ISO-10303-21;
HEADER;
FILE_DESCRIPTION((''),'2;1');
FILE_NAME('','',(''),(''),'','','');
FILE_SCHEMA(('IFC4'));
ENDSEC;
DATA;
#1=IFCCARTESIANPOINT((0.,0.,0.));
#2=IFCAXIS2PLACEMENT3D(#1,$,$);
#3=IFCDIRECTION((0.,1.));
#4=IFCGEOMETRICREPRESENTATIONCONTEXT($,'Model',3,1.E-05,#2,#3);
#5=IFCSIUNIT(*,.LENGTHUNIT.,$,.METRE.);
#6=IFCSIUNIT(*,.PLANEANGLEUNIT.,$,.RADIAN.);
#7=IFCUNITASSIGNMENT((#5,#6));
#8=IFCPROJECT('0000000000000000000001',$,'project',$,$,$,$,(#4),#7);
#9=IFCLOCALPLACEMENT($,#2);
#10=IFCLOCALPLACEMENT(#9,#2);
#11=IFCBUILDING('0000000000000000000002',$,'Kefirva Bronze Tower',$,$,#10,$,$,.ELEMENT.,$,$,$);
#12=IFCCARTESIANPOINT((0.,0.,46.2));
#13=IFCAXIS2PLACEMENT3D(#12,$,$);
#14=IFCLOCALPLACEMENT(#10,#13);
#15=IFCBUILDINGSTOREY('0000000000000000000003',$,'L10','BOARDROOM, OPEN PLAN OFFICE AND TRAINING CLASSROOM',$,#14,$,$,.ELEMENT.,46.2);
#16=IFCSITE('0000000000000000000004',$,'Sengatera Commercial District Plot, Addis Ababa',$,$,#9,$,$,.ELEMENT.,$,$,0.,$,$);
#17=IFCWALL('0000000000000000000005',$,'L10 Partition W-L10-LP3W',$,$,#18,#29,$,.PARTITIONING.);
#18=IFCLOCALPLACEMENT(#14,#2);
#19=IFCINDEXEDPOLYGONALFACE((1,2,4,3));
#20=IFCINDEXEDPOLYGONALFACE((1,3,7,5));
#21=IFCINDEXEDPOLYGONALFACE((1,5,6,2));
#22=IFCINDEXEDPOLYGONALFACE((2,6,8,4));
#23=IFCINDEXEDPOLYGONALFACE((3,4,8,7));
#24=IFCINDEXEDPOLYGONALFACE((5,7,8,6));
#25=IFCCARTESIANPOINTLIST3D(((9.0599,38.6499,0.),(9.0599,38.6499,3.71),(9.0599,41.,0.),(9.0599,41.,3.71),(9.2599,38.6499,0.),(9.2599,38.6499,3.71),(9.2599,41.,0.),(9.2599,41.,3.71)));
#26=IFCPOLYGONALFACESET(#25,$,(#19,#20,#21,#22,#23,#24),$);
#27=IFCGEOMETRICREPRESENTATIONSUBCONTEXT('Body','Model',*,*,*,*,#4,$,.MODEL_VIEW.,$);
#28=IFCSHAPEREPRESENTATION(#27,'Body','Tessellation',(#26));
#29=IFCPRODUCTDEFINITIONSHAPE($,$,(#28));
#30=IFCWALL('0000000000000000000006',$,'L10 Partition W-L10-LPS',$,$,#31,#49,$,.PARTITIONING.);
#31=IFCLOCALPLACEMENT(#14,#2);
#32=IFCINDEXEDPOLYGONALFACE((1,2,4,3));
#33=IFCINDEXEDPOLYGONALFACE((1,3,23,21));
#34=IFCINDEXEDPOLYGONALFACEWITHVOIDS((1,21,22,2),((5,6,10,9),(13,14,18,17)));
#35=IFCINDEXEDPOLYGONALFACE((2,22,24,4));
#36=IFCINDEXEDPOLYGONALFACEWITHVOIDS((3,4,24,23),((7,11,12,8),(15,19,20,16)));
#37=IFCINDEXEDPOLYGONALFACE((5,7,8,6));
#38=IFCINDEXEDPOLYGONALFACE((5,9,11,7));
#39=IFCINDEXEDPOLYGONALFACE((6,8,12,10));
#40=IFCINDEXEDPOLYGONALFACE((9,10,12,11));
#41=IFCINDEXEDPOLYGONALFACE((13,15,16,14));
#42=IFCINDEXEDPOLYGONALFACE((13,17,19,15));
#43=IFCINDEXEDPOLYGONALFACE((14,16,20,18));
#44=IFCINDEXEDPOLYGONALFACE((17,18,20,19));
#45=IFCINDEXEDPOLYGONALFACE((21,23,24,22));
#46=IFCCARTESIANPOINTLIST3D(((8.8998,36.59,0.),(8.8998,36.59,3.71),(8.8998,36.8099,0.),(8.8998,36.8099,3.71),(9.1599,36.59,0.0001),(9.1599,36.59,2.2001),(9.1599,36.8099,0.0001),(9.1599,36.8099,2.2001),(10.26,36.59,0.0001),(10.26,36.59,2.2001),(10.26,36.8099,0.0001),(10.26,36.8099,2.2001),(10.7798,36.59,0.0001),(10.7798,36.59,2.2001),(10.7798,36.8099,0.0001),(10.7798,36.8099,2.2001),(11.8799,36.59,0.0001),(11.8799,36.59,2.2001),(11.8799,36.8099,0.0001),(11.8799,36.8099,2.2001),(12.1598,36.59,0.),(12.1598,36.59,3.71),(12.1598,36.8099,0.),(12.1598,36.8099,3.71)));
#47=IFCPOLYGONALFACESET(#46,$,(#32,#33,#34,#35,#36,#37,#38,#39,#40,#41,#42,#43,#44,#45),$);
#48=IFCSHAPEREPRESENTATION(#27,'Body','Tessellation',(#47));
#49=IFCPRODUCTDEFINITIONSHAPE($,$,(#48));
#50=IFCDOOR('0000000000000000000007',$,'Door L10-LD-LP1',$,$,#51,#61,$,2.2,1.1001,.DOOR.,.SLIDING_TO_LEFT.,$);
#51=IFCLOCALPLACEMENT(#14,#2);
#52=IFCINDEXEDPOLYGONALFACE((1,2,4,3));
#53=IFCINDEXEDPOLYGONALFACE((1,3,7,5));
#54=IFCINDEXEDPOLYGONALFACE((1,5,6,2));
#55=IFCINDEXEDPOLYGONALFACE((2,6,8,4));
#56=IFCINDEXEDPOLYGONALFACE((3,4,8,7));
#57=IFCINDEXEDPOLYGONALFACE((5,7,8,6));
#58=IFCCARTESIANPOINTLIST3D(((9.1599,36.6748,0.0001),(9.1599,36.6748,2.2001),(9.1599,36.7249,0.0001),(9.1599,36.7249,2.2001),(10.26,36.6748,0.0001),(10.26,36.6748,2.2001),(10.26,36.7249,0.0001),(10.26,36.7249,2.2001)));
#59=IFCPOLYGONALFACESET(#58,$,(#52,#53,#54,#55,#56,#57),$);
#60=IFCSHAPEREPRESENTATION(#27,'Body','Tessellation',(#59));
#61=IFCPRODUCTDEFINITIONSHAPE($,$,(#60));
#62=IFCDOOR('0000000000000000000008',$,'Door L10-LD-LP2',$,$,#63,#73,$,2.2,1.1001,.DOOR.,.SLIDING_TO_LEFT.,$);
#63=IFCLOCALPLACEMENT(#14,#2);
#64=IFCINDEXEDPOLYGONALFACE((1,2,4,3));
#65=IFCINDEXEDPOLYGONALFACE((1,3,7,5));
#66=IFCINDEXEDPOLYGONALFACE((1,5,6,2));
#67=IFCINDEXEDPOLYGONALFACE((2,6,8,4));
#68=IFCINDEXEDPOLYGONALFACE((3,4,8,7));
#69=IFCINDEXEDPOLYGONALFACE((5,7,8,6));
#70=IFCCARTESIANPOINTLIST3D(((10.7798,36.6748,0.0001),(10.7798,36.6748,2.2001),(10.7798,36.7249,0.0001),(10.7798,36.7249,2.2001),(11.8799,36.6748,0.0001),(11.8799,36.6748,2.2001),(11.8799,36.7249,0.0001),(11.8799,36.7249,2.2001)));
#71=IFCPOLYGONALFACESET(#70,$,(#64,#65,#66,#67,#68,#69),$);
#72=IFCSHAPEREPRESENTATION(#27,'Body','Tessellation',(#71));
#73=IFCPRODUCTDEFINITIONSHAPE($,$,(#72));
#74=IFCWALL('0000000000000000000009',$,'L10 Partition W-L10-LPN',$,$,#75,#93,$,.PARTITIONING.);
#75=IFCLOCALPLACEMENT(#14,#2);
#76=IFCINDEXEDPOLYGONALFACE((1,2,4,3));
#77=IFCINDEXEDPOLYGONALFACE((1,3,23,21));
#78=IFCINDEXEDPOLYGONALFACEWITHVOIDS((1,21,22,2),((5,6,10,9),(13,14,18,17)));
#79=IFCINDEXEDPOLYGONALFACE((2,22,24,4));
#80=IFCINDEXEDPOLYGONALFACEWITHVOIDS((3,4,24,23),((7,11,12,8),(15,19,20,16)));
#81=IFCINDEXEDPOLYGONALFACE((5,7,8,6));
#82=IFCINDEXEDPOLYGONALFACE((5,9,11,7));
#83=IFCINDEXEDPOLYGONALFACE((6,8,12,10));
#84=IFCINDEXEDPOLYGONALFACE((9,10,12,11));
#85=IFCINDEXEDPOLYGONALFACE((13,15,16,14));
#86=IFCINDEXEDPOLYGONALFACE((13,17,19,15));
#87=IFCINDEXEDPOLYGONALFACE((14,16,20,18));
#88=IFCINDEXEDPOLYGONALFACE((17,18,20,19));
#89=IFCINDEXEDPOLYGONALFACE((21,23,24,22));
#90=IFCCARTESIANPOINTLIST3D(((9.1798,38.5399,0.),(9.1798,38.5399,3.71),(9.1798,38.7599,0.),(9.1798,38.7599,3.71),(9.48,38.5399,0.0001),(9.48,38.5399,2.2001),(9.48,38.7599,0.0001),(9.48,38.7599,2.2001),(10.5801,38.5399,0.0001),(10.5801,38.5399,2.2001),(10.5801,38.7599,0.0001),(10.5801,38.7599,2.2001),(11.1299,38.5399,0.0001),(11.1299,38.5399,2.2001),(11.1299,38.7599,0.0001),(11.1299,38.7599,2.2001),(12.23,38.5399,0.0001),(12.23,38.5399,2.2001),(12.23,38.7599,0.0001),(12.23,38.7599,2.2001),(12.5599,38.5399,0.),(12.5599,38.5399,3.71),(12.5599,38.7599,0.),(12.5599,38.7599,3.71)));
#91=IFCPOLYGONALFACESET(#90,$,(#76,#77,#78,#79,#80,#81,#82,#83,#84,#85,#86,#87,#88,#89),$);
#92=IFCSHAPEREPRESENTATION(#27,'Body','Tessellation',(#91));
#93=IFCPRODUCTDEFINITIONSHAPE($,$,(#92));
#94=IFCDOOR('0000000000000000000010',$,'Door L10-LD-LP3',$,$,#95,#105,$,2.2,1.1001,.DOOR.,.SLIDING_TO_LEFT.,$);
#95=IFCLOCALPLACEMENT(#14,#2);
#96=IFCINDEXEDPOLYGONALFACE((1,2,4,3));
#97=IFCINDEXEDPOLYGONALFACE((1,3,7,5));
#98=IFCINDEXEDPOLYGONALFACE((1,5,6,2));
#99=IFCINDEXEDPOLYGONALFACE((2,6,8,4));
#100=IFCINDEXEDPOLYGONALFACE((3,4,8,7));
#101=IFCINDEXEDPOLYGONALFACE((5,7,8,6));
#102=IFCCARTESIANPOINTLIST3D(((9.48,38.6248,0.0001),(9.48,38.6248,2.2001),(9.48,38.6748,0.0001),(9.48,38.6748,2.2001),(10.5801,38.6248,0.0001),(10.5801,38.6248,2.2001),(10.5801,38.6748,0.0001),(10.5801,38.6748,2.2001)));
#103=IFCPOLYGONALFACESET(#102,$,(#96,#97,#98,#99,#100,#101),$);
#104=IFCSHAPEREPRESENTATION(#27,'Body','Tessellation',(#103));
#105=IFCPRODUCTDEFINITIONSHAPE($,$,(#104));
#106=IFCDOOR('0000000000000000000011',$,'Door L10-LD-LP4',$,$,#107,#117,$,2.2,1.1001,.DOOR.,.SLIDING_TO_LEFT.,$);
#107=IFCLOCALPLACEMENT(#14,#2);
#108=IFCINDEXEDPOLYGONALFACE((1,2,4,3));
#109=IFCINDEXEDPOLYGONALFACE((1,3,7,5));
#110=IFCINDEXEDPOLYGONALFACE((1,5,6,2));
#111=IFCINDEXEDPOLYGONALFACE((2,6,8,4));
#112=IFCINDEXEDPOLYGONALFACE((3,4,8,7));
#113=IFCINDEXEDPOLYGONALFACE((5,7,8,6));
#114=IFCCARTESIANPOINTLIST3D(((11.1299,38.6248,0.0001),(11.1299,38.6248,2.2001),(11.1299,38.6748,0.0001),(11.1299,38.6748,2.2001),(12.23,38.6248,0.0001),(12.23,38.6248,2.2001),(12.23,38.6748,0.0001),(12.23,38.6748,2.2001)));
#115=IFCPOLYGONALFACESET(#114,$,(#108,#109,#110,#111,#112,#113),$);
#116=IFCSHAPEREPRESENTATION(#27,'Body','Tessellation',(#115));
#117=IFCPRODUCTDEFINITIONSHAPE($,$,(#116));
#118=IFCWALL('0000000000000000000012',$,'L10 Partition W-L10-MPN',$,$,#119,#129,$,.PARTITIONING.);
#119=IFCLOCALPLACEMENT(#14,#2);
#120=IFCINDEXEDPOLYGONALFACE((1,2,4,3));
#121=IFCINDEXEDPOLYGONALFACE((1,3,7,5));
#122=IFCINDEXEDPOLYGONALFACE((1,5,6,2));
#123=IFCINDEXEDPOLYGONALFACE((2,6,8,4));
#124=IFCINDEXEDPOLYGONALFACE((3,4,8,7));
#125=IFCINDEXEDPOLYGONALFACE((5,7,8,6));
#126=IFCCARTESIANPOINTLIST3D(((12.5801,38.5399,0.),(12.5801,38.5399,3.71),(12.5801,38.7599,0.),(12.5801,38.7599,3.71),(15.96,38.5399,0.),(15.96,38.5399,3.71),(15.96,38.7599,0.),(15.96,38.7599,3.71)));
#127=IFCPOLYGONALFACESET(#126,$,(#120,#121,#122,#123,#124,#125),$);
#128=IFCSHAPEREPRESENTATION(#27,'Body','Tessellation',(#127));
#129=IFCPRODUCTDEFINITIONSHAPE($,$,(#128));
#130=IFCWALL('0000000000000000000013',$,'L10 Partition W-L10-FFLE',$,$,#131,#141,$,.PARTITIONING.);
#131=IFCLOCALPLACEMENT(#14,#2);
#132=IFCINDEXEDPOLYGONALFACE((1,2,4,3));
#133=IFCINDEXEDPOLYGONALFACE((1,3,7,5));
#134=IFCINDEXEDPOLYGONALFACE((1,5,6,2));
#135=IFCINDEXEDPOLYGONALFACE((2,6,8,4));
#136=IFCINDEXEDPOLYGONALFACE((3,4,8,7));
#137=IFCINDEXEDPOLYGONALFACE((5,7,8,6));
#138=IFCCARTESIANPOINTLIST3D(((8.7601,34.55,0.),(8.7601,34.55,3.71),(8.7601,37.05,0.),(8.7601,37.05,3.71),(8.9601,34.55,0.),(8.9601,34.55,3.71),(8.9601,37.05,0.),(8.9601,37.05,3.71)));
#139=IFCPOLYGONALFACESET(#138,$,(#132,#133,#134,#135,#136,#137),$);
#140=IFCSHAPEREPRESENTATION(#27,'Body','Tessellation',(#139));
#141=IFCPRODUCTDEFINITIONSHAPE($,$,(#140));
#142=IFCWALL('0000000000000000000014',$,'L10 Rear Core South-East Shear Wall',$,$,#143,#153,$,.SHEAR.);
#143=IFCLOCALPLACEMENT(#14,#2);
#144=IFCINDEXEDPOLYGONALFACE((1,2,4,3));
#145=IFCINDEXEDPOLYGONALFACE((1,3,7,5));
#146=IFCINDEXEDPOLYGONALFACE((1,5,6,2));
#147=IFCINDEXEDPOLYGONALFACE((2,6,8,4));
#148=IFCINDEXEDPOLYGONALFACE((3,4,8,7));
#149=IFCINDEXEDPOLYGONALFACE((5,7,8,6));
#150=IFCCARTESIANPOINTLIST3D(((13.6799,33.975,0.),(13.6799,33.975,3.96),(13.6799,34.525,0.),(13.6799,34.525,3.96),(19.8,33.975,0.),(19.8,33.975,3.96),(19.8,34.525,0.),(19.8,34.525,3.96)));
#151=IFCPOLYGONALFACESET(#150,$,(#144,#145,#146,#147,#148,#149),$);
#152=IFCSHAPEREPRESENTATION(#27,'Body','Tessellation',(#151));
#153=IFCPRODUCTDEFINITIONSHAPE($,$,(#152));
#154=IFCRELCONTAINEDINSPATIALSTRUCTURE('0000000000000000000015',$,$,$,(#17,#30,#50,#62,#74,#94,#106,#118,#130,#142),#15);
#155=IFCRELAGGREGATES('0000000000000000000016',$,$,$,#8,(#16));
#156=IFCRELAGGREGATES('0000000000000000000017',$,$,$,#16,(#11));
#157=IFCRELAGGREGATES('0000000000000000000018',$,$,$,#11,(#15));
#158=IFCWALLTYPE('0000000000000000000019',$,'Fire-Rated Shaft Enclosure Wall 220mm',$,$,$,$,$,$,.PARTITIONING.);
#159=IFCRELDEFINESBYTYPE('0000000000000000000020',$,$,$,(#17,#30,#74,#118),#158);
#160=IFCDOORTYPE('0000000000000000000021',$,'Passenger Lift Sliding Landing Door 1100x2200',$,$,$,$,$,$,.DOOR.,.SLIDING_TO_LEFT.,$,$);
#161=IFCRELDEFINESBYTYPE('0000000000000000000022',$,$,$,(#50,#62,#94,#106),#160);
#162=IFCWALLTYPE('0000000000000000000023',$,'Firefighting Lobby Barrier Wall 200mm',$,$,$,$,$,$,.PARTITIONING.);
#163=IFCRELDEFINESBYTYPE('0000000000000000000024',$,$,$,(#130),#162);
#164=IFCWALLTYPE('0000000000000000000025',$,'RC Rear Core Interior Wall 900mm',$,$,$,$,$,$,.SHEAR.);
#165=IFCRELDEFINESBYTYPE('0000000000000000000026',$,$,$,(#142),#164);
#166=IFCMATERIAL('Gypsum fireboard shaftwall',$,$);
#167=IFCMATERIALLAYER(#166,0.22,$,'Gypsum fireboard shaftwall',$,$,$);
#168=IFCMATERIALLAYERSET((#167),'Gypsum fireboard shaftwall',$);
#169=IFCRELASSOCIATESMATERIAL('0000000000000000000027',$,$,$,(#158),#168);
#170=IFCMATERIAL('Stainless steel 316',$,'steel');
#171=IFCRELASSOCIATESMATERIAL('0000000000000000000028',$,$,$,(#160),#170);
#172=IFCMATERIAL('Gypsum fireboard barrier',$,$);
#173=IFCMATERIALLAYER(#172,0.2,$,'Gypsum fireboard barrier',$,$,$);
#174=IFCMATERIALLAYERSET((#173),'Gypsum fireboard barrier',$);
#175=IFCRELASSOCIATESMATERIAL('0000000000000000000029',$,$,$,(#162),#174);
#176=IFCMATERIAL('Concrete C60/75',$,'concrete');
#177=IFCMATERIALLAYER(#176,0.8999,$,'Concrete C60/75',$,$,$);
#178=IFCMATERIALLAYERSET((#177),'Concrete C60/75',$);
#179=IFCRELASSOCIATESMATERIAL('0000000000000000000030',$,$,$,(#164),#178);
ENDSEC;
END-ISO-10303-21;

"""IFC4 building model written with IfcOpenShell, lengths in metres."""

from ifc_helpers import new_model, si_unit, direction, frame, frame_2d, origin, place, context, subcontext, project, spatial, rectangle, extrude, material, layer, layer_set, type_object, element, fill, save


model = new_model("IFC4")

# Units and contexts
model_context = context("Model", 3, precision=1e-05, world=origin(), true_north=direction((0.0, 1.0)))
body_context = subcontext(model_context, "Body", "Model", "MODEL_VIEW")
ifc_project = project(units=[si_unit("LENGTHUNIT", "METRE"), si_unit("PLANEANGLEUNIT", "RADIAN")], contexts=[model_context])

# Site, building, storey
site_placement = place(None, origin())
site = spatial("IfcSite", under=ifc_project, at=site_placement, Name="Sengatera Commercial District Plot, Addis Ababa", CompositionType="ELEMENT", RefElevation=0.0)
building_placement = place(site_placement, origin())
building = spatial("IfcBuilding", under=site, at=building_placement, Name="Kefirva Bronze Tower", CompositionType="ELEMENT")
storey_placement = place(building_placement, frame((0.0, 0.0, 46.2)))
storey = spatial("IfcBuildingStorey", under=building, at=storey_placement, Name="L10", Description="BOARDROOM, OPEN PLAN OFFICE AND TRAINING CLASSROOM", CompositionType="ELEMENT", Elevation=46.2)

# Shared definitions
ifc_material_1 = material(Name="Concrete C60/75", Category="concrete")

# Shared definitions
ifc_material_2 = material(Name="Gypsum fireboard shaftwall")
ifc_layer_1 = layer(ifc_material_2, 0.22, Name="Gypsum fireboard shaftwall")
ifc_layer_set_1 = layer_set([ifc_layer_1], Name="Gypsum fireboard shaftwall")
wall_type_1 = type_object("IfcWallType", Name="Fire-Rated Shaft Enclosure Wall 220mm", PredefinedType="PARTITIONING", material=ifc_layer_set_1)
ifc_material_3 = material(Name="Stainless steel 316", Category="steel")

# Wall
wall_1_placement = place(storey_placement, frame((9.1599, 38.6499, 0.0), z_axis=(0.0, 0.0, 1.0), x_axis=(0.0, 1.0, 0.0)))
element("IfcWall", 1, at=wall_1_placement, inside=storey, type_object=wall_type_1, Name="L10 Partition W-L10-LP3W", PredefinedType="PARTITIONING", context=body_context, shape_type="SweptSolid", body=[
    extrude(rectangle(XDim=2.3501, YDim=0.2, at=frame_2d((1.175, 0.0))), origin(), (0.0, 0.0, 1.0), 3.71),
])

# Walls, openings, doors
wall_2_placement = place(storey_placement, frame((8.8999, 36.7, 0.0), z_axis=(0.0, 0.0, 1.0), x_axis=(1.0, 0.0, 0.0)))
wall_2 = element("IfcWall", 2, at=wall_2_placement, inside=storey, type_object=wall_type_1, Name="L10 Partition W-L10-LPS", PredefinedType="PARTITIONING", context=body_context, shape_type="SweptSolid", body=[
    extrude(rectangle(XDim=3.26, YDim=0.22, at=frame_2d((1.6299, 0.0))), origin(), (0.0, 0.0, 1.0), 3.71),
])
opening_1_placement = place(wall_2_placement, frame((0.26, 0.0, 0.0)))
opening_1 = element("IfcOpeningElement", 3, at=opening_1_placement, cuts=wall_2, PredefinedType="OPENING", context=body_context, shape_type="SweptSolid", body=[
    extrude(rectangle(XDim=1.1001, YDim=2.2, at=frame_2d((0.55, 1.1001))), frame((0.0, 0.1201, 0.0), z_axis=(0.0, -1.0, 0.0), x_axis=(1.0, 0.0, 0.0)), (0.0, 0.0, 1.0), 0.24),
])
opening_2_placement = place(wall_2_placement, frame((1.8799, 0.0, 0.0)))
opening_2 = element("IfcOpeningElement", 4, at=opening_2_placement, cuts=wall_2, PredefinedType="OPENING", context=body_context, shape_type="SweptSolid", body=[
    extrude(rectangle(XDim=1.1001, YDim=2.2, at=frame_2d((0.55, 1.1001))), frame((0.0, 0.1201, 0.0), z_axis=(0.0, -1.0, 0.0), x_axis=(1.0, 0.0, 0.0)), (0.0, 0.0, 1.0), 0.24),
])
door_type_1 = type_object("IfcDoorType", Name="Passenger Lift Sliding Landing Door 1100x2200", OperationType="SLIDING_TO_LEFT", PredefinedType="DOOR", material=ifc_material_3)
door_1_placement = place(opening_1_placement, origin())
door_1 = element("IfcDoor", 5, at=door_1_placement, inside=storey, type_object=door_type_1, Name="Door L10-LD-LP1", OperationType="SLIDING_TO_LEFT", OverallHeight=2.2, OverallWidth=1.1001, PredefinedType="DOOR", context=body_context, shape_type="SweptSolid", body=[
    extrude(rectangle(XDim=1.1001, YDim=2.2, at=frame_2d((0.55, 1.1001))), frame((0.0, 0.0249, 0.0), z_axis=(0.0, -1.0, 0.0), x_axis=(1.0, 0.0, 0.0)), (0.0, 0.0, 1.0), 0.05),
])
fill(opening_1, door_1)
door_2_placement = place(opening_2_placement, origin())
door_2 = element("IfcDoor", 6, at=door_2_placement, inside=storey, type_object=door_type_1, Name="Door L10-LD-LP2", OperationType="SLIDING_TO_LEFT", OverallHeight=2.2, OverallWidth=1.1001, PredefinedType="DOOR", context=body_context, shape_type="SweptSolid", body=[
    extrude(rectangle(XDim=1.1001, YDim=2.2, at=frame_2d((0.55, 1.1001))), frame((0.0, 0.0249, 0.0), z_axis=(0.0, -1.0, 0.0), x_axis=(1.0, 0.0, 0.0)), (0.0, 0.0, 1.0), 0.05),
])
fill(opening_2, door_2)
wall_3_placement = place(storey_placement, frame((9.1799, 38.6499, 0.0), z_axis=(0.0, 0.0, 1.0), x_axis=(1.0, 0.0, 0.0)))
wall_3 = element("IfcWall", 7, at=wall_3_placement, inside=storey, type_object=wall_type_1, Name="L10 Partition W-L10-LPN", PredefinedType="PARTITIONING", context=body_context, shape_type="SweptSolid", body=[
    extrude(rectangle(XDim=3.3801, YDim=0.22, at=frame_2d((1.6899, 0.0))), origin(), (0.0, 0.0, 1.0), 3.71),
])
opening_3_placement = place(wall_3_placement, frame((0.3, 0.0, 0.0)))
opening_3 = element("IfcOpeningElement", 8, at=opening_3_placement, cuts=wall_3, PredefinedType="OPENING", context=body_context, shape_type="SweptSolid", body=[
    extrude(rectangle(XDim=1.1001, YDim=2.2, at=frame_2d((0.55, 1.1001))), frame((0.0, 0.1201, 0.0), z_axis=(0.0, -1.0, 0.0), x_axis=(1.0, 0.0, 0.0)), (0.0, 0.0, 1.0), 0.24),
])
opening_4_placement = place(wall_3_placement, frame((1.95, 0.0, 0.0)))
opening_4 = element("IfcOpeningElement", 9, at=opening_4_placement, cuts=wall_3, PredefinedType="OPENING", context=body_context, shape_type="SweptSolid", body=[
    extrude(rectangle(XDim=1.1001, YDim=2.2, at=frame_2d((0.55, 1.1001))), frame((0.0, 0.1201, 0.0), z_axis=(0.0, -1.0, 0.0), x_axis=(1.0, 0.0, 0.0)), (0.0, 0.0, 1.0), 0.24),
])
door_3_placement = place(opening_3_placement, origin())
door_3 = element("IfcDoor", 10, at=door_3_placement, inside=storey, type_object=door_type_1, Name="Door L10-LD-LP3", OperationType="SLIDING_TO_LEFT", OverallHeight=2.2, OverallWidth=1.1001, PredefinedType="DOOR", context=body_context, shape_type="SweptSolid", body=[
    extrude(rectangle(XDim=1.1001, YDim=2.2, at=frame_2d((0.55, 1.1001))), frame((0.0, 0.0249, 0.0), z_axis=(0.0, -1.0, 0.0), x_axis=(1.0, 0.0, 0.0)), (0.0, 0.0, 1.0), 0.05),
])
fill(opening_3, door_3)
door_4_placement = place(opening_4_placement, origin())
door_4 = element("IfcDoor", 11, at=door_4_placement, inside=storey, type_object=door_type_1, Name="Door L10-LD-LP4", OperationType="SLIDING_TO_LEFT", OverallHeight=2.2, OverallWidth=1.1001, PredefinedType="DOOR", context=body_context, shape_type="SweptSolid", body=[
    extrude(rectangle(XDim=1.1001, YDim=2.2, at=frame_2d((0.55, 1.1001))), frame((0.0, 0.0249, 0.0), z_axis=(0.0, -1.0, 0.0), x_axis=(1.0, 0.0, 0.0)), (0.0, 0.0, 1.0), 0.05),
])
fill(opening_4, door_4)

# Walls
wall_4_placement = place(storey_placement, frame((12.5801, 38.6499, 0.0), z_axis=(0.0, 0.0, 1.0), x_axis=(1.0, 0.0, 0.0)))
element("IfcWall", 12, at=wall_4_placement, inside=storey, type_object=wall_type_1, Name="L10 Partition W-L10-MPN", PredefinedType="PARTITIONING", context=body_context, shape_type="SweptSolid", body=[
    extrude(rectangle(XDim=3.3799, YDim=0.22, at=frame_2d((1.6899, 0.0))), origin(), (0.0, 0.0, 1.0), 3.71),
])
ifc_material_4 = material(Name="Gypsum fireboard barrier")
ifc_layer_2 = layer(ifc_material_4, 0.2, Name="Gypsum fireboard barrier")
ifc_layer_set_2 = layer_set([ifc_layer_2], Name="Gypsum fireboard barrier")
wall_type_2 = type_object("IfcWallType", Name="Firefighting Lobby Barrier Wall 200mm", PredefinedType="PARTITIONING", material=ifc_layer_set_2)
wall_5_placement = place(storey_placement, frame((8.8601, 34.55, 0.0), z_axis=(0.0, 0.0, 1.0), x_axis=(0.0, 1.0, 0.0)))
element("IfcWall", 13, at=wall_5_placement, inside=storey, type_object=wall_type_2, Name="L10 Partition W-L10-FFLE", PredefinedType="PARTITIONING", context=body_context, shape_type="SweptSolid", body=[
    extrude(rectangle(XDim=2.5, YDim=0.2, at=frame_2d((1.25, 0.0))), origin(), (0.0, 0.0, 1.0), 3.71),
])
ifc_layer_3 = layer(ifc_material_1, 0.8999, Name="Concrete C60/75")
ifc_layer_set_3 = layer_set([ifc_layer_3], Name="Concrete C60/75")
wall_type_3 = type_object("IfcWallType", Name="RC Rear Core Interior Wall 900mm", PredefinedType="SHEAR", material=ifc_layer_set_3)
wall_6_placement = place(storey_placement, frame((13.6799, 34.25, 0.0), z_axis=(0.0, 0.0, 1.0), x_axis=(1.0, 0.0, 0.0)))
element("IfcWall", 14, at=wall_6_placement, inside=storey, type_object=wall_type_3, Name="L10 Rear Core South-East Shear Wall", PredefinedType="SHEAR", context=body_context, shape_type="SweptSolid", body=[
    extrude(rectangle(XDim=6.1201, YDim=0.55, at=frame_2d((3.0601, 0.0))), origin(), (0.0, 0.0, 1.0), 3.96),
])

save(model, "model.ifc")
